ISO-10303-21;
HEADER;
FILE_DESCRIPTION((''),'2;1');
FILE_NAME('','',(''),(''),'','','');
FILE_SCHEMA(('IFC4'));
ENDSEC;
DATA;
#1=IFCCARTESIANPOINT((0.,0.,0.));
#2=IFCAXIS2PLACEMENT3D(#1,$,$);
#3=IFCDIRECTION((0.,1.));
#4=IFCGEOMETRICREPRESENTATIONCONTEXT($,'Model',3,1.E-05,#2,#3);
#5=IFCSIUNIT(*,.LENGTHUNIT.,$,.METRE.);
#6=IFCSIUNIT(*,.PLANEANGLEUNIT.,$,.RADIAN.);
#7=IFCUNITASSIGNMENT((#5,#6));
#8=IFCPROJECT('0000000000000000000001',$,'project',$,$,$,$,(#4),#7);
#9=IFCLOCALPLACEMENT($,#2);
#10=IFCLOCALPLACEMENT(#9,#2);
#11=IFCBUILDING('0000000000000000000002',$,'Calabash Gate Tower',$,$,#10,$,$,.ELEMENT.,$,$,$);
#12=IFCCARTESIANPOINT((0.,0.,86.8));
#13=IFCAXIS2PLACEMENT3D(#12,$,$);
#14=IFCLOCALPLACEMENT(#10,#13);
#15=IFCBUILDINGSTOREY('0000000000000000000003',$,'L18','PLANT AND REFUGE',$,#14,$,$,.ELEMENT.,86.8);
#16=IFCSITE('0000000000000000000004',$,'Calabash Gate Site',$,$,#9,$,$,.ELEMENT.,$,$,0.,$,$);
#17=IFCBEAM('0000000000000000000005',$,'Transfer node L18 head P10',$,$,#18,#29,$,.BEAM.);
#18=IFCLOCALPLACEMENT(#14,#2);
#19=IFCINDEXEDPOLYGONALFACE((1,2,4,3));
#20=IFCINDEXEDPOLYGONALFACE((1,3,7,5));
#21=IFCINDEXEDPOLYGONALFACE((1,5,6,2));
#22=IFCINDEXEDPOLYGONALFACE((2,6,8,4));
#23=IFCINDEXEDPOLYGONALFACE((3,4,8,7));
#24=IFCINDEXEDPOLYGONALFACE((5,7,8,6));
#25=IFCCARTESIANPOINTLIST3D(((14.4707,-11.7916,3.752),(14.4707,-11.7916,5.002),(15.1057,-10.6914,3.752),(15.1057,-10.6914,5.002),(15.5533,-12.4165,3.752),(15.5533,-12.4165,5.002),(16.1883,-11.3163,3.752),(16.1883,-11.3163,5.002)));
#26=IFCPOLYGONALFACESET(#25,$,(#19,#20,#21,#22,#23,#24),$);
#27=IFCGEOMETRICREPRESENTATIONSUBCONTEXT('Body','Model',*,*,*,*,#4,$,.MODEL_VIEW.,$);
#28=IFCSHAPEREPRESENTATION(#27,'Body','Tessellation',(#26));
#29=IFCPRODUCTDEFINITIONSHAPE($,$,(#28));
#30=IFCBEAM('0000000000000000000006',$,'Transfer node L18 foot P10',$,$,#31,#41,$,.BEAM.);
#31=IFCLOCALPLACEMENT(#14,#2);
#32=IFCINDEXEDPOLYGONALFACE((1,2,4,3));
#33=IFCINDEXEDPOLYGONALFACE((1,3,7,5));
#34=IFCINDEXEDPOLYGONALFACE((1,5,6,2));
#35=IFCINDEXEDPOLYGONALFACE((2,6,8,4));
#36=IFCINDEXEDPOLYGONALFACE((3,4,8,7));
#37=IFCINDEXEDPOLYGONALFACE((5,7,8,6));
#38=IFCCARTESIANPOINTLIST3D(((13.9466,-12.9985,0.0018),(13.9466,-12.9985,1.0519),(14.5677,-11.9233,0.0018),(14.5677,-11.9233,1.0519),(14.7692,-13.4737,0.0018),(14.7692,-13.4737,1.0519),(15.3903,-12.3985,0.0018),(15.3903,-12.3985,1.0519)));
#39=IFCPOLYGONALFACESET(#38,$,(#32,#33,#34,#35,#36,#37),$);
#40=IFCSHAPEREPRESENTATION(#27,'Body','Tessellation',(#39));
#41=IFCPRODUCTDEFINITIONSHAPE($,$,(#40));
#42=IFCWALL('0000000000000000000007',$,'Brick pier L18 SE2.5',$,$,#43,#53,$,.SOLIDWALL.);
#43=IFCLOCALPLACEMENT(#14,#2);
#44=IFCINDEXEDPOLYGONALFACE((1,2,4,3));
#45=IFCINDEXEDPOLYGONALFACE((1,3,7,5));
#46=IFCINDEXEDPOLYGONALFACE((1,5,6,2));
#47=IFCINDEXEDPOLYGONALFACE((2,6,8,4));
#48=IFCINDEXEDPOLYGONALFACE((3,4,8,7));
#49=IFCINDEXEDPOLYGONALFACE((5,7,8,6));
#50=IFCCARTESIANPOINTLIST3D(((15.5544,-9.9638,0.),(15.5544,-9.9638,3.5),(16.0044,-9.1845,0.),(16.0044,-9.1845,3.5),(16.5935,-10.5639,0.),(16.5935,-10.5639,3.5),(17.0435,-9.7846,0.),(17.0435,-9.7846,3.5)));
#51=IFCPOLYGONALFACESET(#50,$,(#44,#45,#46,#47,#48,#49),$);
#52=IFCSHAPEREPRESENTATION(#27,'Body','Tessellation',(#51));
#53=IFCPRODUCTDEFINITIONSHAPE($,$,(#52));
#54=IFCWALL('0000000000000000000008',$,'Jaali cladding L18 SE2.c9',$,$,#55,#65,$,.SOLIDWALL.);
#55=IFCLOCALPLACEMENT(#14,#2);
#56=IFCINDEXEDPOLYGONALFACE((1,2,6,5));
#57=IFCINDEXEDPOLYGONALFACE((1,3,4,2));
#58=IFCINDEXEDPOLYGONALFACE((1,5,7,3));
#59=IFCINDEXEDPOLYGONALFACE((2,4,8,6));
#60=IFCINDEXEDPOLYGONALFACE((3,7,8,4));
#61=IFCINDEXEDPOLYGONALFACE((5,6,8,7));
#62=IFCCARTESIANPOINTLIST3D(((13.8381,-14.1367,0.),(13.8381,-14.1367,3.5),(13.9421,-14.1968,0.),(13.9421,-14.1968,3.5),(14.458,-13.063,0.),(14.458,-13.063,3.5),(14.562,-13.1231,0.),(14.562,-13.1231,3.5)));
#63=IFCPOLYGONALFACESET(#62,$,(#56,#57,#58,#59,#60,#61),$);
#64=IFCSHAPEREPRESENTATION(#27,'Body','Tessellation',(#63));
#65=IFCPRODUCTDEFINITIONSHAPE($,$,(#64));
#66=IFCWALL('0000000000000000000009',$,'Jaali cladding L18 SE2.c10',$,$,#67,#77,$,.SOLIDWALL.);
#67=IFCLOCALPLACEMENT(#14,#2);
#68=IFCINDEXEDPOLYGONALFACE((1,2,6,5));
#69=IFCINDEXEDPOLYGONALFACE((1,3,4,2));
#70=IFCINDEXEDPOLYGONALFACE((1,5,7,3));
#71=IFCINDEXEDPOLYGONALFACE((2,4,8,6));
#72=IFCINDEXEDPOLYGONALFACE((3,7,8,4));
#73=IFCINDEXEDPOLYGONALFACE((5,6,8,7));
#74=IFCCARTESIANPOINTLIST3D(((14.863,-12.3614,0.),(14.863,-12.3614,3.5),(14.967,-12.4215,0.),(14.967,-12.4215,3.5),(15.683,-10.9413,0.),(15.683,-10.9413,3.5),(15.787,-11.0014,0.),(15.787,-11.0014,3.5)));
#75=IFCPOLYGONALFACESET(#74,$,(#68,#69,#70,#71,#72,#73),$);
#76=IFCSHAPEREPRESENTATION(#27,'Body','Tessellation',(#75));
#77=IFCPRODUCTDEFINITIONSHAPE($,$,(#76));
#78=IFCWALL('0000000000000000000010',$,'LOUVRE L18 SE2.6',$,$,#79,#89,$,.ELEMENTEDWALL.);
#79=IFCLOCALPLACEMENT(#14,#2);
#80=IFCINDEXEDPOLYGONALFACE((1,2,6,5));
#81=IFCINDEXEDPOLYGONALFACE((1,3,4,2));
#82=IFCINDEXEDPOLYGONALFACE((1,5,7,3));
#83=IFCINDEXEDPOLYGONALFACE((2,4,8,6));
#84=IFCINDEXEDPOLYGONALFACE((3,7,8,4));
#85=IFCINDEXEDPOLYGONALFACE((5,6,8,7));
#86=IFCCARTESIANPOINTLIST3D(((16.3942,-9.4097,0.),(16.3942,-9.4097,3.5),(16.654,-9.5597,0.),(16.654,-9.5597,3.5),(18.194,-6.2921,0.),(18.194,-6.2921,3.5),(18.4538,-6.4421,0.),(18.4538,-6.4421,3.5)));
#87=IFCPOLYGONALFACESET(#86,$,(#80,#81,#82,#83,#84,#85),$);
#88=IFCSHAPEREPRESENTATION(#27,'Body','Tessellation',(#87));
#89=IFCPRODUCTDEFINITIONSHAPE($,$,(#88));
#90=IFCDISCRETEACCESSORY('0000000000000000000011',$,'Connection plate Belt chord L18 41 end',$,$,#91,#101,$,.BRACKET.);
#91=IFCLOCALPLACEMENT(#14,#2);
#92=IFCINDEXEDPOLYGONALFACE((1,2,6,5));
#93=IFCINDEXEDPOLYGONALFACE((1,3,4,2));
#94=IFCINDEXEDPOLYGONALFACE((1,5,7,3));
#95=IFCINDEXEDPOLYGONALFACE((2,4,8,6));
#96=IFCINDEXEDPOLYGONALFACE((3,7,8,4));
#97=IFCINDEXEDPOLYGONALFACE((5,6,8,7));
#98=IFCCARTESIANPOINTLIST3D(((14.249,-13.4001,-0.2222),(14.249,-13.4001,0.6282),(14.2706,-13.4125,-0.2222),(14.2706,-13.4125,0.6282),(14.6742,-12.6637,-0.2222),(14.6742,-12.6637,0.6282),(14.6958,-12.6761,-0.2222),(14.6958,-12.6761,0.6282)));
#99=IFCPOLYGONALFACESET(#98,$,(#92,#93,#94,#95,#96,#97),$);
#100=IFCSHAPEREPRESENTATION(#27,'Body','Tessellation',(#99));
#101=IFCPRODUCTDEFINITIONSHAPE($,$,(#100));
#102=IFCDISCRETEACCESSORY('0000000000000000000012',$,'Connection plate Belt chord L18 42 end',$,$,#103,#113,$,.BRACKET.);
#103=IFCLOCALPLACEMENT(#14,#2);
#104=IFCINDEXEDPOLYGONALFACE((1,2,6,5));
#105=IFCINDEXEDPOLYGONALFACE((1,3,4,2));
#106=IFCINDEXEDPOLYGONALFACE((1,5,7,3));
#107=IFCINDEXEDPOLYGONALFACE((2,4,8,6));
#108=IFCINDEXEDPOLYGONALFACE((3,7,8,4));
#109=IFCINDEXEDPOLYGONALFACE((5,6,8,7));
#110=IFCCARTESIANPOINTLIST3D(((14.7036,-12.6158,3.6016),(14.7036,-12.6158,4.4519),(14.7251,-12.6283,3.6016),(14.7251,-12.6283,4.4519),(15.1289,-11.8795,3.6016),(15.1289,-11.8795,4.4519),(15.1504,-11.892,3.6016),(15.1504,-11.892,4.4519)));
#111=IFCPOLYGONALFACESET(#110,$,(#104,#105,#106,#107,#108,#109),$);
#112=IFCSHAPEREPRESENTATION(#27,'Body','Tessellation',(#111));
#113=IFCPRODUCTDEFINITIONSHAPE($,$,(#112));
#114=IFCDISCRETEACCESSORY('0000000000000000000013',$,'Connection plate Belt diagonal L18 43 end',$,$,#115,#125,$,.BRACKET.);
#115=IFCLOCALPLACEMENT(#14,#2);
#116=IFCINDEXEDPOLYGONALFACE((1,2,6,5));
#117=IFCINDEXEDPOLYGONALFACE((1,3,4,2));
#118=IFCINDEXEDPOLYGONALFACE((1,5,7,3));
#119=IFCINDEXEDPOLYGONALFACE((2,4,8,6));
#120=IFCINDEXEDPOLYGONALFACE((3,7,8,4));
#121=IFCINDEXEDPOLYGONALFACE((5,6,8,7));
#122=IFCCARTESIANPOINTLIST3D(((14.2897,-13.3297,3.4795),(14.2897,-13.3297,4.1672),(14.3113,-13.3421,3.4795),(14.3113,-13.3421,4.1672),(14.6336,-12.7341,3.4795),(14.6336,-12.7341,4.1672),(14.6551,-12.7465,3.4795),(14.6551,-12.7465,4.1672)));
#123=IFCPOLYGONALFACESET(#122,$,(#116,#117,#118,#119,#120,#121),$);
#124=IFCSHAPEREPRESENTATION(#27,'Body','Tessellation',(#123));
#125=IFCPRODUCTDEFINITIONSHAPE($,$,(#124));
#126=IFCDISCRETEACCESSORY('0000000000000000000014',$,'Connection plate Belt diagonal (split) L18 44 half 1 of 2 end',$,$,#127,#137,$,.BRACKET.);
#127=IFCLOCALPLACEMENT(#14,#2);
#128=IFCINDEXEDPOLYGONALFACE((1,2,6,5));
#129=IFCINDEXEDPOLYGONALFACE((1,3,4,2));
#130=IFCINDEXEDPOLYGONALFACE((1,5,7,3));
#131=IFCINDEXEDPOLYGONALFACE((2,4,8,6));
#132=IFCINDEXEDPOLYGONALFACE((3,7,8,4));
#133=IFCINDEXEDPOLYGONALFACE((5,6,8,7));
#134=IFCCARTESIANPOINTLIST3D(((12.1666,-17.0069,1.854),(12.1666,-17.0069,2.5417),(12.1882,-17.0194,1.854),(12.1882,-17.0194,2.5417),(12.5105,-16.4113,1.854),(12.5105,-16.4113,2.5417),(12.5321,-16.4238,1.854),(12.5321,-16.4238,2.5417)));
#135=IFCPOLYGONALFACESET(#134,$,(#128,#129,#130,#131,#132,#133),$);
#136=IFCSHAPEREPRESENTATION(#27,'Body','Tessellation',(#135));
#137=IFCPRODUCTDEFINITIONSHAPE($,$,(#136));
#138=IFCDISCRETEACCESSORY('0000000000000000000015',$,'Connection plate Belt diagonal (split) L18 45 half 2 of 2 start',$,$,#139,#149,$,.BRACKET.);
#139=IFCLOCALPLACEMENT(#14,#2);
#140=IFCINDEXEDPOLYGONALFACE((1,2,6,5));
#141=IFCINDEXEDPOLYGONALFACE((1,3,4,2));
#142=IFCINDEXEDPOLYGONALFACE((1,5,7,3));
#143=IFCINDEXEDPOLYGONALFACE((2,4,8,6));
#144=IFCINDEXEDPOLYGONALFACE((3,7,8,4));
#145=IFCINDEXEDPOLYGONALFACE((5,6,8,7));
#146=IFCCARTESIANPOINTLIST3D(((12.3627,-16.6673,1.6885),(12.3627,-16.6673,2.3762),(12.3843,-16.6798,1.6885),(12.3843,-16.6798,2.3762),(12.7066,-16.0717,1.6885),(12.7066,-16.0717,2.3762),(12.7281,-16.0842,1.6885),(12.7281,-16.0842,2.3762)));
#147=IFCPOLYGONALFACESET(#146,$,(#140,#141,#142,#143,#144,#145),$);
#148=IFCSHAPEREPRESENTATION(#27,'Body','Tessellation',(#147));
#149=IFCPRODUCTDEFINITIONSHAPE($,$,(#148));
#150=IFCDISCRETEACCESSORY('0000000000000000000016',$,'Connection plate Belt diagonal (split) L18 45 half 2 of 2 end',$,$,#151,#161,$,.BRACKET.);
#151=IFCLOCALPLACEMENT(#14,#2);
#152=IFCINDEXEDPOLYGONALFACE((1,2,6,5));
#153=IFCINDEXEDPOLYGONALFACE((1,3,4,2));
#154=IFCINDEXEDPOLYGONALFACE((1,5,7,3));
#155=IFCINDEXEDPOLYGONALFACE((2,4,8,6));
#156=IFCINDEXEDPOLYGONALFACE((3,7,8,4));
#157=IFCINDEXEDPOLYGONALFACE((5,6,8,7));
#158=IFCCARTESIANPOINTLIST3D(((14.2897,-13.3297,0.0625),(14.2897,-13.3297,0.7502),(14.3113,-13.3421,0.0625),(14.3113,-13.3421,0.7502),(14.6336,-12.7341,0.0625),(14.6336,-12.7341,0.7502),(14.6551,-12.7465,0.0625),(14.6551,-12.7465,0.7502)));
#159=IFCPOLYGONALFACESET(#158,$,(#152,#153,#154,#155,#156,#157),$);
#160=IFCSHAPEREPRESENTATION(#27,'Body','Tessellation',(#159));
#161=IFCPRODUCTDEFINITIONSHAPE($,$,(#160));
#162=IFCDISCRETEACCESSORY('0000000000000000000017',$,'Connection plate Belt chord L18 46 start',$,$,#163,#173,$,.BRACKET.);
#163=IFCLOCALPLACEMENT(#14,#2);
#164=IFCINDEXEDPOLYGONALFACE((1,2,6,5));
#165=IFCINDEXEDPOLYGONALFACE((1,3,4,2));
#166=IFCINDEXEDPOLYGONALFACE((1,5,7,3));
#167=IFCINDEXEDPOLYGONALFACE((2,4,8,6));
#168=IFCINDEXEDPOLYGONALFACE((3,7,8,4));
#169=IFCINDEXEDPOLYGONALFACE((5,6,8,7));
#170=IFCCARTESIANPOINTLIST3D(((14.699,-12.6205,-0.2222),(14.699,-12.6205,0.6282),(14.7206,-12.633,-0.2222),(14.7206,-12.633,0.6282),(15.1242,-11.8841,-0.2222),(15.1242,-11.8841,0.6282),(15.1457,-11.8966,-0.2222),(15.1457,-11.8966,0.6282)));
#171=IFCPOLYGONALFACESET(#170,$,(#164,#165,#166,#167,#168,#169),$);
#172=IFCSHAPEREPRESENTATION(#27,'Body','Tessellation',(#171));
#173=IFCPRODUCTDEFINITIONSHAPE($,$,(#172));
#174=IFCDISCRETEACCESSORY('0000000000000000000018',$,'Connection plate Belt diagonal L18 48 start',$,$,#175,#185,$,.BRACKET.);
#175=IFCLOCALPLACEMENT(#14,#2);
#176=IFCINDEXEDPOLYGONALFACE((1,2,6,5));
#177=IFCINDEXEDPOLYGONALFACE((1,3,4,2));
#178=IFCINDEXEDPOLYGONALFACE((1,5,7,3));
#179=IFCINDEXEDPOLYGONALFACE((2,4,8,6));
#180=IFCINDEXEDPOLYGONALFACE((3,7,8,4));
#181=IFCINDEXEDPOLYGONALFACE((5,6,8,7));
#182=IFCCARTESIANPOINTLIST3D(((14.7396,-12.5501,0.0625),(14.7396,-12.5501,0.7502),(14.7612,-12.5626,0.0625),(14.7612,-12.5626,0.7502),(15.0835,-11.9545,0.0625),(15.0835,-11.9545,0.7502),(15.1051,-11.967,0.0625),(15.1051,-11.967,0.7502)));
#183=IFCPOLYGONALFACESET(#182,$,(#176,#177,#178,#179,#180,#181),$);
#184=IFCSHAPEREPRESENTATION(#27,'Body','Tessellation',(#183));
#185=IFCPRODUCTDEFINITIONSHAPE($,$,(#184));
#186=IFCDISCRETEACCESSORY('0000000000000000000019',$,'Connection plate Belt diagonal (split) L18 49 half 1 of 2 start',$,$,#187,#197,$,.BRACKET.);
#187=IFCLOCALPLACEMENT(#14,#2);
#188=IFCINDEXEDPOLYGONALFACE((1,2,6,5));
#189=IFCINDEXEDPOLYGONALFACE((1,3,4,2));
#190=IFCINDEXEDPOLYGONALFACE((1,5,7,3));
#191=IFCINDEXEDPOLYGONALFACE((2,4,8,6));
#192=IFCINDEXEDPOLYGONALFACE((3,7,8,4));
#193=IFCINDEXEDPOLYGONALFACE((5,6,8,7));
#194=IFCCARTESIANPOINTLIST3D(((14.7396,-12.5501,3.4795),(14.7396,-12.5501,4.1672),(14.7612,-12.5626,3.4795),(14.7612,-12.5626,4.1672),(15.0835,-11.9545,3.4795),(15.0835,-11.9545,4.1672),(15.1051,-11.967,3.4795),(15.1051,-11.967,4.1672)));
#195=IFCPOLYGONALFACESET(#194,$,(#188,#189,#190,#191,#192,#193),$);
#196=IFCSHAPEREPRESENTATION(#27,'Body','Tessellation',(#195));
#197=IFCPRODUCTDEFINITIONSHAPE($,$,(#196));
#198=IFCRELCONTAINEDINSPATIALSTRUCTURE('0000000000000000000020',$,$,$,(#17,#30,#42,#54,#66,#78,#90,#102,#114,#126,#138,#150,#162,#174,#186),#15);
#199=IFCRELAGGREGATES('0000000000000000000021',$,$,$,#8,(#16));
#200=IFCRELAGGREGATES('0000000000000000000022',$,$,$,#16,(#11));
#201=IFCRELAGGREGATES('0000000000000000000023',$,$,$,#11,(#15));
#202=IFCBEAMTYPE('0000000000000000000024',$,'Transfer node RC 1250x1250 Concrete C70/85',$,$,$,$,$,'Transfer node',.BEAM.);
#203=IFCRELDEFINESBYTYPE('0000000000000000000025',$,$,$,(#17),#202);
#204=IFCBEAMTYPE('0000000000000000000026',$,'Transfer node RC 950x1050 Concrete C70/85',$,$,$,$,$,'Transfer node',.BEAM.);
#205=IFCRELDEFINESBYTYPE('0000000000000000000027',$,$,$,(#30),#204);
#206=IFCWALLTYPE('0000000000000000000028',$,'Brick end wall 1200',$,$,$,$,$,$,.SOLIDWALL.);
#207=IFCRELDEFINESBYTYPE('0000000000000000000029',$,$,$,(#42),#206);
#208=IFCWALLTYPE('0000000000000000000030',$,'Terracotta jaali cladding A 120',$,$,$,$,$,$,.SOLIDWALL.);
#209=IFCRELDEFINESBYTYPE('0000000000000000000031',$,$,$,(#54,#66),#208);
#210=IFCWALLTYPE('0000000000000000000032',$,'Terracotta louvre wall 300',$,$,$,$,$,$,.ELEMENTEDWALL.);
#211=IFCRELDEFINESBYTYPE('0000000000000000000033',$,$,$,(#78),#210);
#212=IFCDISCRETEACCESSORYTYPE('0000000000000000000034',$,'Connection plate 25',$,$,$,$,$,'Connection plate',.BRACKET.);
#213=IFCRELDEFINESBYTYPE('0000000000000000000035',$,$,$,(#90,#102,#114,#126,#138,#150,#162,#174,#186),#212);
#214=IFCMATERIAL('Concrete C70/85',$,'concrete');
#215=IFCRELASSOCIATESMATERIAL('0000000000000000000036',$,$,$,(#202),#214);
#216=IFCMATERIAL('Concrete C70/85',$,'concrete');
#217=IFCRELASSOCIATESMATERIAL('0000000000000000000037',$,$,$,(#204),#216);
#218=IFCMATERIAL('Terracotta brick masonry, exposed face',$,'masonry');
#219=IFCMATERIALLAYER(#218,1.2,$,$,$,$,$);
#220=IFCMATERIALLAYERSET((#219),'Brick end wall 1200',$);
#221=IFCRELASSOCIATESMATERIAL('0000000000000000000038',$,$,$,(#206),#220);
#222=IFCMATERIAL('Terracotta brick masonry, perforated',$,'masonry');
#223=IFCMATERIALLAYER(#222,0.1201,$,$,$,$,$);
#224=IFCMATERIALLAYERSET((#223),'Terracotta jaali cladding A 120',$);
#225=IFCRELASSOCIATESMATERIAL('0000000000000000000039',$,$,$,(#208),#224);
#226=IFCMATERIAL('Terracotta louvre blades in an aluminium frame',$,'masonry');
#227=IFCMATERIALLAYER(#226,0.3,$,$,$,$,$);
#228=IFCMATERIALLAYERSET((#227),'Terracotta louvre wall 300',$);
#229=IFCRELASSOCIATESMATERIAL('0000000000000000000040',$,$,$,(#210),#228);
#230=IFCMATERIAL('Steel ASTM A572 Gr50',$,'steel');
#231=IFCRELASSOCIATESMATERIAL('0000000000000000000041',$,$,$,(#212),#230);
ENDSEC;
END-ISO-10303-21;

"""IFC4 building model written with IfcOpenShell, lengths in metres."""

from ifc_helpers import new_model, si_unit, direction, frame, frame_2d, origin, origin_2d, place, context, subcontext, project, spatial, rectangle, extrude, material, layer, layer_set, material_profile, profile_set, type_object, element, save


model = new_model("IFC4")

# Units and contexts
model_context = context("Model", 3, precision=1e-05, world=origin(), true_north=direction((0.0, 1.0)))
body_context = subcontext(model_context, "Body", "Model", "MODEL_VIEW")
ifc_project = project(units=[si_unit("LENGTHUNIT", "METRE"), si_unit("PLANEANGLEUNIT", "RADIAN")], contexts=[model_context])

# Site, building, storey
site_placement = place(None, origin())
site = spatial("IfcSite", under=ifc_project, at=site_placement, Name="Calabash Gate Site", CompositionType="ELEMENT", RefElevation=0.0)
building_placement = place(site_placement, origin())
building = spatial("IfcBuilding", under=site, at=building_placement, Name="Calabash Gate Tower", CompositionType="ELEMENT")
storey_placement = place(building_placement, frame((0.0, 0.0, 86.8)))
storey = spatial("IfcBuildingStorey", under=building, at=storey_placement, Name="L18", Description="PLANT AND REFUGE", CompositionType="ELEMENT", Elevation=86.8)

# Beams
ifc_material_1 = material(Name="Concrete C70/85", Category="concrete")
ifc_material_profile_1 = material_profile(ifc_material_1, rectangle(XDim=1.25, YDim=1.25, at=origin_2d()))
ifc_profile_set_1 = profile_set([ifc_material_profile_1], Name="Concrete C70/85")
beam_type_1 = type_object("IfcBeamType", Name="Transfer node RC 1250x1250 Concrete C70/85", ElementType="Transfer node", PredefinedType="BEAM", material=ifc_profile_set_1)
beam_1_placement = place(storey_placement, frame((15.012, -12.104, 4.377), z_axis=(0.499922, 0.86607, 0.0), x_axis=(-0.86607, 0.499922, 0.0)))
element("IfcBeam", 1, at=beam_1_placement, inside=storey, type_object=beam_type_1, Name="Transfer node L18 head P10", PredefinedType="BEAM", context=body_context, shape_type="SweptSolid", body=[
    extrude(rectangle(XDim=1.25, YDim=1.25, at=origin_2d()), origin(), (0.0, 0.0, 1.0), 1.2703),
])
ifc_material_2 = material(Name="Concrete C70/85", Category="concrete")
ifc_material_profile_2 = material_profile(ifc_material_2, rectangle(XDim=0.95, YDim=1.05, at=origin_2d()))
ifc_profile_set_2 = profile_set([ifc_material_profile_2], Name="Concrete C70/85")
beam_type_2 = type_object("IfcBeamType", Name="Transfer node RC 950x1050 Concrete C70/85", ElementType="Transfer node", PredefinedType="BEAM", material=ifc_profile_set_2)
beam_2_placement = place(storey_placement, frame((14.3579, -13.2361, 0.5269), z_axis=(0.500199, 0.86591, 0.0), x_axis=(-0.86591, 0.500199, 0.0)))
element("IfcBeam", 2, at=beam_2_placement, inside=storey, type_object=beam_type_2, Name="Transfer node L18 foot P10", PredefinedType="BEAM", context=body_context, shape_type="SweptSolid", body=[
    extrude(rectangle(XDim=0.95, YDim=1.05, at=origin_2d()), origin(), (0.0, 0.0, 1.0), 1.2417),
])

# Walls
ifc_material_3 = material(Name="Terracotta brick masonry, exposed face", Category="masonry")
ifc_layer_1 = layer(ifc_material_3, 1.2)
ifc_layer_set_1 = layer_set([ifc_layer_1], Name="Brick end wall 1200")
wall_type_1 = type_object("IfcWallType", Name="Brick end wall 1200", PredefinedType="SOLIDWALL", material=ifc_layer_set_1)
wall_1_placement = place(storey_placement, frame((16.8186, -10.1743, 0.0), z_axis=(0.0, 0.0, 1.0), x_axis=(-0.865955, 0.500122, 0.0)))
element("IfcWall", 3, at=wall_1_placement, inside=storey, type_object=wall_type_1, Name="Brick pier L18 SE2.5", PredefinedType="SOLIDWALL", context=body_context, shape_type="SweptSolid", body=[
    extrude(rectangle(XDim=1.2, YDim=0.8999, at=frame_2d((0.6001, 0.0))), origin(), (0.0, 0.0, 1.0), 3.5),
])
ifc_material_4 = material(Name="Terracotta brick masonry, perforated", Category="masonry")
ifc_layer_2 = layer(ifc_material_4, 0.1201)
ifc_layer_set_2 = layer_set([ifc_layer_2], Name="Terracotta jaali cladding A 120")
wall_type_2 = type_object("IfcWallType", Name="Terracotta jaali cladding A 120", PredefinedType="SOLIDWALL", material=ifc_layer_set_2)
wall_2_placement = place(storey_placement, frame((13.8901, -14.1667, 0.0), z_axis=(0.0, 0.0, 1.0), x_axis=(0.499972, 0.866041, 0.0)))
element("IfcWall", 4, at=wall_2_placement, inside=storey, type_object=wall_type_2, Name="Jaali cladding L18 SE2.c9", PredefinedType="SOLIDWALL", context=body_context, shape_type="SweptSolid", body=[
    extrude(rectangle(XDim=1.2397, YDim=0.1201, at=frame_2d((0.6199, 0.0))), origin(), (0.0, 0.0, 1.0), 3.5),
])
wall_3_placement = place(storey_placement, frame((14.915, -12.3914, 0.0), z_axis=(0.0, 0.0, 1.0), x_axis=(0.500062, 0.86599, 0.0)))
element("IfcWall", 5, at=wall_3_placement, inside=storey, type_object=wall_type_2, Name="Jaali cladding L18 SE2.c10", PredefinedType="SOLIDWALL", context=body_context, shape_type="SweptSolid", body=[
    extrude(rectangle(XDim=1.6399, YDim=0.1201, at=frame_2d((0.8198, 0.0))), origin(), (0.0, 0.0, 1.0), 3.5),
])
ifc_material_5 = material(Name="Terracotta louvre blades in an aluminium frame", Category="masonry")
ifc_layer_3 = layer(ifc_material_5, 0.3)
ifc_layer_set_3 = layer_set([ifc_layer_3], Name="Terracotta louvre wall 300")
wall_type_3 = type_object("IfcWallType", Name="Terracotta louvre wall 300", PredefinedType="ELEMENTEDWALL", material=ifc_layer_set_3)
wall_4_placement = place(storey_placement, frame((16.5242, -9.4846, 0.0), z_axis=(0.0, 0.0, 1.0), x_axis=(0.499961, 0.866048, 0.0)))
element("IfcWall", 6, at=wall_4_placement, inside=storey, type_object=wall_type_3, Name="LOUVRE L18 SE2.6", PredefinedType="ELEMENTEDWALL", context=body_context, shape_type="SweptSolid", body=[
    extrude(rectangle(XDim=3.5999, YDim=0.3, at=frame_2d((1.7998, 0.0))), origin(), (0.0, 0.0, 1.0), 3.5),
])

# Discrete accessories
ifc_material_6 = material(Name="Steel ASTM A572 Gr50", Category="steel")
discrete_accessory_type = type_object("IfcDiscreteAccessoryType", Name="Connection plate 25", ElementType="Connection plate", PredefinedType="BRACKET", material=ifc_material_6)
for number, where, z_axis, x_axis, name in (
    (7, (14.4724, -13.0381, -0.2222), (0.0, 0.0, 1.0), (0.5, 0.866025, 0.0), "Connection plate Belt chord L18 41 end"),
    (8, (14.927, -12.2539, 3.6016), (0.0, 0.0, 1.0), (0.500154, 0.865936, 0.0), "Connection plate Belt chord L18 42 end"),
):
    element("IfcDiscreteAccessory", number, at=place(storey_placement, frame(where, z_axis=z_axis, x_axis=x_axis)), inside=storey, type_object=discrete_accessory_type, Name=name, PredefinedType="BRACKET", context=body_context, shape_type="SweptSolid", body=[
        extrude(rectangle(XDim=0.8503, YDim=0.0249, at=origin_2d()), origin(), (0.0, 0.0, 1.0), 0.8503),
    ])
for number, where, z_axis, x_axis, name in (
    (9, (14.4724, -13.0381, 3.4795), (0.0, 0.0, 1.0), (0.5, 0.866025, 0.0), "Connection plate Belt diagonal L18 43 end"),
    (10, (12.3494, -16.7153, 1.854), (0.0, 0.0, 1.0), (0.5, 0.866025, 0.0), "Connection plate Belt diagonal (split) L18 44 half 1 of 2 end"),
    (11, (12.5454, -16.3757, 1.6885), (0.0, 0.0, 1.0), (0.5, 0.866025, 0.0), "Connection plate Belt diagonal (split) L18 45 half 2 of 2 start"),
    (12, (14.4724, -13.0381, 0.0625), (0.0, 0.0, 1.0), (0.5, 0.866025, 0.0), "Connection plate Belt diagonal (split) L18 45 half 2 of 2 end"),
):
    element("IfcDiscreteAccessory", number, at=place(storey_placement, frame(where, z_axis=z_axis, x_axis=x_axis)), inside=storey, type_object=discrete_accessory_type, Name=name, PredefinedType="BRACKET", context=body_context, shape_type="SweptSolid", body=[
        extrude(rectangle(XDim=0.6877, YDim=0.0249, at=origin_2d()), origin(), (0.0, 0.0, 1.0), 0.6877),
    ])
discrete_accessory_placement = place(storey_placement, frame((14.9224, -12.2585, -0.2222), z_axis=(0.0, 0.0, 1.0), x_axis=(0.5, 0.866025, 0.0)))
element("IfcDiscreteAccessory", 13, at=discrete_accessory_placement, inside=storey, type_object=discrete_accessory_type, Name="Connection plate Belt chord L18 46 start", PredefinedType="BRACKET", context=body_context, shape_type="SweptSolid", body=[
    extrude(rectangle(XDim=0.8503, YDim=0.0249, at=origin_2d()), origin(), (0.0, 0.0, 1.0), 0.8503),
])
for number, where, z_axis, x_axis, name in (
    (14, (14.9224, -12.2585, 0.0625), (0.0, 0.0, 1.0), (0.5, 0.866025, 0.0), "Connection plate Belt diagonal L18 48 start"),
    (15, (14.9224, -12.2585, 3.4795), (0.0, 0.0, 1.0), (0.5, 0.866025, 0.0), "Connection plate Belt diagonal (split) L18 49 half 1 of 2 start"),
):
    element("IfcDiscreteAccessory", number, at=place(storey_placement, frame(where, z_axis=z_axis, x_axis=x_axis)), inside=storey, type_object=discrete_accessory_type, Name=name, PredefinedType="BRACKET", context=body_context, shape_type="SweptSolid", body=[
        extrude(rectangle(XDim=0.6877, YDim=0.0249, at=origin_2d()), origin(), (0.0, 0.0, 1.0), 0.6877),
    ])

save(model, "model.ifc")
